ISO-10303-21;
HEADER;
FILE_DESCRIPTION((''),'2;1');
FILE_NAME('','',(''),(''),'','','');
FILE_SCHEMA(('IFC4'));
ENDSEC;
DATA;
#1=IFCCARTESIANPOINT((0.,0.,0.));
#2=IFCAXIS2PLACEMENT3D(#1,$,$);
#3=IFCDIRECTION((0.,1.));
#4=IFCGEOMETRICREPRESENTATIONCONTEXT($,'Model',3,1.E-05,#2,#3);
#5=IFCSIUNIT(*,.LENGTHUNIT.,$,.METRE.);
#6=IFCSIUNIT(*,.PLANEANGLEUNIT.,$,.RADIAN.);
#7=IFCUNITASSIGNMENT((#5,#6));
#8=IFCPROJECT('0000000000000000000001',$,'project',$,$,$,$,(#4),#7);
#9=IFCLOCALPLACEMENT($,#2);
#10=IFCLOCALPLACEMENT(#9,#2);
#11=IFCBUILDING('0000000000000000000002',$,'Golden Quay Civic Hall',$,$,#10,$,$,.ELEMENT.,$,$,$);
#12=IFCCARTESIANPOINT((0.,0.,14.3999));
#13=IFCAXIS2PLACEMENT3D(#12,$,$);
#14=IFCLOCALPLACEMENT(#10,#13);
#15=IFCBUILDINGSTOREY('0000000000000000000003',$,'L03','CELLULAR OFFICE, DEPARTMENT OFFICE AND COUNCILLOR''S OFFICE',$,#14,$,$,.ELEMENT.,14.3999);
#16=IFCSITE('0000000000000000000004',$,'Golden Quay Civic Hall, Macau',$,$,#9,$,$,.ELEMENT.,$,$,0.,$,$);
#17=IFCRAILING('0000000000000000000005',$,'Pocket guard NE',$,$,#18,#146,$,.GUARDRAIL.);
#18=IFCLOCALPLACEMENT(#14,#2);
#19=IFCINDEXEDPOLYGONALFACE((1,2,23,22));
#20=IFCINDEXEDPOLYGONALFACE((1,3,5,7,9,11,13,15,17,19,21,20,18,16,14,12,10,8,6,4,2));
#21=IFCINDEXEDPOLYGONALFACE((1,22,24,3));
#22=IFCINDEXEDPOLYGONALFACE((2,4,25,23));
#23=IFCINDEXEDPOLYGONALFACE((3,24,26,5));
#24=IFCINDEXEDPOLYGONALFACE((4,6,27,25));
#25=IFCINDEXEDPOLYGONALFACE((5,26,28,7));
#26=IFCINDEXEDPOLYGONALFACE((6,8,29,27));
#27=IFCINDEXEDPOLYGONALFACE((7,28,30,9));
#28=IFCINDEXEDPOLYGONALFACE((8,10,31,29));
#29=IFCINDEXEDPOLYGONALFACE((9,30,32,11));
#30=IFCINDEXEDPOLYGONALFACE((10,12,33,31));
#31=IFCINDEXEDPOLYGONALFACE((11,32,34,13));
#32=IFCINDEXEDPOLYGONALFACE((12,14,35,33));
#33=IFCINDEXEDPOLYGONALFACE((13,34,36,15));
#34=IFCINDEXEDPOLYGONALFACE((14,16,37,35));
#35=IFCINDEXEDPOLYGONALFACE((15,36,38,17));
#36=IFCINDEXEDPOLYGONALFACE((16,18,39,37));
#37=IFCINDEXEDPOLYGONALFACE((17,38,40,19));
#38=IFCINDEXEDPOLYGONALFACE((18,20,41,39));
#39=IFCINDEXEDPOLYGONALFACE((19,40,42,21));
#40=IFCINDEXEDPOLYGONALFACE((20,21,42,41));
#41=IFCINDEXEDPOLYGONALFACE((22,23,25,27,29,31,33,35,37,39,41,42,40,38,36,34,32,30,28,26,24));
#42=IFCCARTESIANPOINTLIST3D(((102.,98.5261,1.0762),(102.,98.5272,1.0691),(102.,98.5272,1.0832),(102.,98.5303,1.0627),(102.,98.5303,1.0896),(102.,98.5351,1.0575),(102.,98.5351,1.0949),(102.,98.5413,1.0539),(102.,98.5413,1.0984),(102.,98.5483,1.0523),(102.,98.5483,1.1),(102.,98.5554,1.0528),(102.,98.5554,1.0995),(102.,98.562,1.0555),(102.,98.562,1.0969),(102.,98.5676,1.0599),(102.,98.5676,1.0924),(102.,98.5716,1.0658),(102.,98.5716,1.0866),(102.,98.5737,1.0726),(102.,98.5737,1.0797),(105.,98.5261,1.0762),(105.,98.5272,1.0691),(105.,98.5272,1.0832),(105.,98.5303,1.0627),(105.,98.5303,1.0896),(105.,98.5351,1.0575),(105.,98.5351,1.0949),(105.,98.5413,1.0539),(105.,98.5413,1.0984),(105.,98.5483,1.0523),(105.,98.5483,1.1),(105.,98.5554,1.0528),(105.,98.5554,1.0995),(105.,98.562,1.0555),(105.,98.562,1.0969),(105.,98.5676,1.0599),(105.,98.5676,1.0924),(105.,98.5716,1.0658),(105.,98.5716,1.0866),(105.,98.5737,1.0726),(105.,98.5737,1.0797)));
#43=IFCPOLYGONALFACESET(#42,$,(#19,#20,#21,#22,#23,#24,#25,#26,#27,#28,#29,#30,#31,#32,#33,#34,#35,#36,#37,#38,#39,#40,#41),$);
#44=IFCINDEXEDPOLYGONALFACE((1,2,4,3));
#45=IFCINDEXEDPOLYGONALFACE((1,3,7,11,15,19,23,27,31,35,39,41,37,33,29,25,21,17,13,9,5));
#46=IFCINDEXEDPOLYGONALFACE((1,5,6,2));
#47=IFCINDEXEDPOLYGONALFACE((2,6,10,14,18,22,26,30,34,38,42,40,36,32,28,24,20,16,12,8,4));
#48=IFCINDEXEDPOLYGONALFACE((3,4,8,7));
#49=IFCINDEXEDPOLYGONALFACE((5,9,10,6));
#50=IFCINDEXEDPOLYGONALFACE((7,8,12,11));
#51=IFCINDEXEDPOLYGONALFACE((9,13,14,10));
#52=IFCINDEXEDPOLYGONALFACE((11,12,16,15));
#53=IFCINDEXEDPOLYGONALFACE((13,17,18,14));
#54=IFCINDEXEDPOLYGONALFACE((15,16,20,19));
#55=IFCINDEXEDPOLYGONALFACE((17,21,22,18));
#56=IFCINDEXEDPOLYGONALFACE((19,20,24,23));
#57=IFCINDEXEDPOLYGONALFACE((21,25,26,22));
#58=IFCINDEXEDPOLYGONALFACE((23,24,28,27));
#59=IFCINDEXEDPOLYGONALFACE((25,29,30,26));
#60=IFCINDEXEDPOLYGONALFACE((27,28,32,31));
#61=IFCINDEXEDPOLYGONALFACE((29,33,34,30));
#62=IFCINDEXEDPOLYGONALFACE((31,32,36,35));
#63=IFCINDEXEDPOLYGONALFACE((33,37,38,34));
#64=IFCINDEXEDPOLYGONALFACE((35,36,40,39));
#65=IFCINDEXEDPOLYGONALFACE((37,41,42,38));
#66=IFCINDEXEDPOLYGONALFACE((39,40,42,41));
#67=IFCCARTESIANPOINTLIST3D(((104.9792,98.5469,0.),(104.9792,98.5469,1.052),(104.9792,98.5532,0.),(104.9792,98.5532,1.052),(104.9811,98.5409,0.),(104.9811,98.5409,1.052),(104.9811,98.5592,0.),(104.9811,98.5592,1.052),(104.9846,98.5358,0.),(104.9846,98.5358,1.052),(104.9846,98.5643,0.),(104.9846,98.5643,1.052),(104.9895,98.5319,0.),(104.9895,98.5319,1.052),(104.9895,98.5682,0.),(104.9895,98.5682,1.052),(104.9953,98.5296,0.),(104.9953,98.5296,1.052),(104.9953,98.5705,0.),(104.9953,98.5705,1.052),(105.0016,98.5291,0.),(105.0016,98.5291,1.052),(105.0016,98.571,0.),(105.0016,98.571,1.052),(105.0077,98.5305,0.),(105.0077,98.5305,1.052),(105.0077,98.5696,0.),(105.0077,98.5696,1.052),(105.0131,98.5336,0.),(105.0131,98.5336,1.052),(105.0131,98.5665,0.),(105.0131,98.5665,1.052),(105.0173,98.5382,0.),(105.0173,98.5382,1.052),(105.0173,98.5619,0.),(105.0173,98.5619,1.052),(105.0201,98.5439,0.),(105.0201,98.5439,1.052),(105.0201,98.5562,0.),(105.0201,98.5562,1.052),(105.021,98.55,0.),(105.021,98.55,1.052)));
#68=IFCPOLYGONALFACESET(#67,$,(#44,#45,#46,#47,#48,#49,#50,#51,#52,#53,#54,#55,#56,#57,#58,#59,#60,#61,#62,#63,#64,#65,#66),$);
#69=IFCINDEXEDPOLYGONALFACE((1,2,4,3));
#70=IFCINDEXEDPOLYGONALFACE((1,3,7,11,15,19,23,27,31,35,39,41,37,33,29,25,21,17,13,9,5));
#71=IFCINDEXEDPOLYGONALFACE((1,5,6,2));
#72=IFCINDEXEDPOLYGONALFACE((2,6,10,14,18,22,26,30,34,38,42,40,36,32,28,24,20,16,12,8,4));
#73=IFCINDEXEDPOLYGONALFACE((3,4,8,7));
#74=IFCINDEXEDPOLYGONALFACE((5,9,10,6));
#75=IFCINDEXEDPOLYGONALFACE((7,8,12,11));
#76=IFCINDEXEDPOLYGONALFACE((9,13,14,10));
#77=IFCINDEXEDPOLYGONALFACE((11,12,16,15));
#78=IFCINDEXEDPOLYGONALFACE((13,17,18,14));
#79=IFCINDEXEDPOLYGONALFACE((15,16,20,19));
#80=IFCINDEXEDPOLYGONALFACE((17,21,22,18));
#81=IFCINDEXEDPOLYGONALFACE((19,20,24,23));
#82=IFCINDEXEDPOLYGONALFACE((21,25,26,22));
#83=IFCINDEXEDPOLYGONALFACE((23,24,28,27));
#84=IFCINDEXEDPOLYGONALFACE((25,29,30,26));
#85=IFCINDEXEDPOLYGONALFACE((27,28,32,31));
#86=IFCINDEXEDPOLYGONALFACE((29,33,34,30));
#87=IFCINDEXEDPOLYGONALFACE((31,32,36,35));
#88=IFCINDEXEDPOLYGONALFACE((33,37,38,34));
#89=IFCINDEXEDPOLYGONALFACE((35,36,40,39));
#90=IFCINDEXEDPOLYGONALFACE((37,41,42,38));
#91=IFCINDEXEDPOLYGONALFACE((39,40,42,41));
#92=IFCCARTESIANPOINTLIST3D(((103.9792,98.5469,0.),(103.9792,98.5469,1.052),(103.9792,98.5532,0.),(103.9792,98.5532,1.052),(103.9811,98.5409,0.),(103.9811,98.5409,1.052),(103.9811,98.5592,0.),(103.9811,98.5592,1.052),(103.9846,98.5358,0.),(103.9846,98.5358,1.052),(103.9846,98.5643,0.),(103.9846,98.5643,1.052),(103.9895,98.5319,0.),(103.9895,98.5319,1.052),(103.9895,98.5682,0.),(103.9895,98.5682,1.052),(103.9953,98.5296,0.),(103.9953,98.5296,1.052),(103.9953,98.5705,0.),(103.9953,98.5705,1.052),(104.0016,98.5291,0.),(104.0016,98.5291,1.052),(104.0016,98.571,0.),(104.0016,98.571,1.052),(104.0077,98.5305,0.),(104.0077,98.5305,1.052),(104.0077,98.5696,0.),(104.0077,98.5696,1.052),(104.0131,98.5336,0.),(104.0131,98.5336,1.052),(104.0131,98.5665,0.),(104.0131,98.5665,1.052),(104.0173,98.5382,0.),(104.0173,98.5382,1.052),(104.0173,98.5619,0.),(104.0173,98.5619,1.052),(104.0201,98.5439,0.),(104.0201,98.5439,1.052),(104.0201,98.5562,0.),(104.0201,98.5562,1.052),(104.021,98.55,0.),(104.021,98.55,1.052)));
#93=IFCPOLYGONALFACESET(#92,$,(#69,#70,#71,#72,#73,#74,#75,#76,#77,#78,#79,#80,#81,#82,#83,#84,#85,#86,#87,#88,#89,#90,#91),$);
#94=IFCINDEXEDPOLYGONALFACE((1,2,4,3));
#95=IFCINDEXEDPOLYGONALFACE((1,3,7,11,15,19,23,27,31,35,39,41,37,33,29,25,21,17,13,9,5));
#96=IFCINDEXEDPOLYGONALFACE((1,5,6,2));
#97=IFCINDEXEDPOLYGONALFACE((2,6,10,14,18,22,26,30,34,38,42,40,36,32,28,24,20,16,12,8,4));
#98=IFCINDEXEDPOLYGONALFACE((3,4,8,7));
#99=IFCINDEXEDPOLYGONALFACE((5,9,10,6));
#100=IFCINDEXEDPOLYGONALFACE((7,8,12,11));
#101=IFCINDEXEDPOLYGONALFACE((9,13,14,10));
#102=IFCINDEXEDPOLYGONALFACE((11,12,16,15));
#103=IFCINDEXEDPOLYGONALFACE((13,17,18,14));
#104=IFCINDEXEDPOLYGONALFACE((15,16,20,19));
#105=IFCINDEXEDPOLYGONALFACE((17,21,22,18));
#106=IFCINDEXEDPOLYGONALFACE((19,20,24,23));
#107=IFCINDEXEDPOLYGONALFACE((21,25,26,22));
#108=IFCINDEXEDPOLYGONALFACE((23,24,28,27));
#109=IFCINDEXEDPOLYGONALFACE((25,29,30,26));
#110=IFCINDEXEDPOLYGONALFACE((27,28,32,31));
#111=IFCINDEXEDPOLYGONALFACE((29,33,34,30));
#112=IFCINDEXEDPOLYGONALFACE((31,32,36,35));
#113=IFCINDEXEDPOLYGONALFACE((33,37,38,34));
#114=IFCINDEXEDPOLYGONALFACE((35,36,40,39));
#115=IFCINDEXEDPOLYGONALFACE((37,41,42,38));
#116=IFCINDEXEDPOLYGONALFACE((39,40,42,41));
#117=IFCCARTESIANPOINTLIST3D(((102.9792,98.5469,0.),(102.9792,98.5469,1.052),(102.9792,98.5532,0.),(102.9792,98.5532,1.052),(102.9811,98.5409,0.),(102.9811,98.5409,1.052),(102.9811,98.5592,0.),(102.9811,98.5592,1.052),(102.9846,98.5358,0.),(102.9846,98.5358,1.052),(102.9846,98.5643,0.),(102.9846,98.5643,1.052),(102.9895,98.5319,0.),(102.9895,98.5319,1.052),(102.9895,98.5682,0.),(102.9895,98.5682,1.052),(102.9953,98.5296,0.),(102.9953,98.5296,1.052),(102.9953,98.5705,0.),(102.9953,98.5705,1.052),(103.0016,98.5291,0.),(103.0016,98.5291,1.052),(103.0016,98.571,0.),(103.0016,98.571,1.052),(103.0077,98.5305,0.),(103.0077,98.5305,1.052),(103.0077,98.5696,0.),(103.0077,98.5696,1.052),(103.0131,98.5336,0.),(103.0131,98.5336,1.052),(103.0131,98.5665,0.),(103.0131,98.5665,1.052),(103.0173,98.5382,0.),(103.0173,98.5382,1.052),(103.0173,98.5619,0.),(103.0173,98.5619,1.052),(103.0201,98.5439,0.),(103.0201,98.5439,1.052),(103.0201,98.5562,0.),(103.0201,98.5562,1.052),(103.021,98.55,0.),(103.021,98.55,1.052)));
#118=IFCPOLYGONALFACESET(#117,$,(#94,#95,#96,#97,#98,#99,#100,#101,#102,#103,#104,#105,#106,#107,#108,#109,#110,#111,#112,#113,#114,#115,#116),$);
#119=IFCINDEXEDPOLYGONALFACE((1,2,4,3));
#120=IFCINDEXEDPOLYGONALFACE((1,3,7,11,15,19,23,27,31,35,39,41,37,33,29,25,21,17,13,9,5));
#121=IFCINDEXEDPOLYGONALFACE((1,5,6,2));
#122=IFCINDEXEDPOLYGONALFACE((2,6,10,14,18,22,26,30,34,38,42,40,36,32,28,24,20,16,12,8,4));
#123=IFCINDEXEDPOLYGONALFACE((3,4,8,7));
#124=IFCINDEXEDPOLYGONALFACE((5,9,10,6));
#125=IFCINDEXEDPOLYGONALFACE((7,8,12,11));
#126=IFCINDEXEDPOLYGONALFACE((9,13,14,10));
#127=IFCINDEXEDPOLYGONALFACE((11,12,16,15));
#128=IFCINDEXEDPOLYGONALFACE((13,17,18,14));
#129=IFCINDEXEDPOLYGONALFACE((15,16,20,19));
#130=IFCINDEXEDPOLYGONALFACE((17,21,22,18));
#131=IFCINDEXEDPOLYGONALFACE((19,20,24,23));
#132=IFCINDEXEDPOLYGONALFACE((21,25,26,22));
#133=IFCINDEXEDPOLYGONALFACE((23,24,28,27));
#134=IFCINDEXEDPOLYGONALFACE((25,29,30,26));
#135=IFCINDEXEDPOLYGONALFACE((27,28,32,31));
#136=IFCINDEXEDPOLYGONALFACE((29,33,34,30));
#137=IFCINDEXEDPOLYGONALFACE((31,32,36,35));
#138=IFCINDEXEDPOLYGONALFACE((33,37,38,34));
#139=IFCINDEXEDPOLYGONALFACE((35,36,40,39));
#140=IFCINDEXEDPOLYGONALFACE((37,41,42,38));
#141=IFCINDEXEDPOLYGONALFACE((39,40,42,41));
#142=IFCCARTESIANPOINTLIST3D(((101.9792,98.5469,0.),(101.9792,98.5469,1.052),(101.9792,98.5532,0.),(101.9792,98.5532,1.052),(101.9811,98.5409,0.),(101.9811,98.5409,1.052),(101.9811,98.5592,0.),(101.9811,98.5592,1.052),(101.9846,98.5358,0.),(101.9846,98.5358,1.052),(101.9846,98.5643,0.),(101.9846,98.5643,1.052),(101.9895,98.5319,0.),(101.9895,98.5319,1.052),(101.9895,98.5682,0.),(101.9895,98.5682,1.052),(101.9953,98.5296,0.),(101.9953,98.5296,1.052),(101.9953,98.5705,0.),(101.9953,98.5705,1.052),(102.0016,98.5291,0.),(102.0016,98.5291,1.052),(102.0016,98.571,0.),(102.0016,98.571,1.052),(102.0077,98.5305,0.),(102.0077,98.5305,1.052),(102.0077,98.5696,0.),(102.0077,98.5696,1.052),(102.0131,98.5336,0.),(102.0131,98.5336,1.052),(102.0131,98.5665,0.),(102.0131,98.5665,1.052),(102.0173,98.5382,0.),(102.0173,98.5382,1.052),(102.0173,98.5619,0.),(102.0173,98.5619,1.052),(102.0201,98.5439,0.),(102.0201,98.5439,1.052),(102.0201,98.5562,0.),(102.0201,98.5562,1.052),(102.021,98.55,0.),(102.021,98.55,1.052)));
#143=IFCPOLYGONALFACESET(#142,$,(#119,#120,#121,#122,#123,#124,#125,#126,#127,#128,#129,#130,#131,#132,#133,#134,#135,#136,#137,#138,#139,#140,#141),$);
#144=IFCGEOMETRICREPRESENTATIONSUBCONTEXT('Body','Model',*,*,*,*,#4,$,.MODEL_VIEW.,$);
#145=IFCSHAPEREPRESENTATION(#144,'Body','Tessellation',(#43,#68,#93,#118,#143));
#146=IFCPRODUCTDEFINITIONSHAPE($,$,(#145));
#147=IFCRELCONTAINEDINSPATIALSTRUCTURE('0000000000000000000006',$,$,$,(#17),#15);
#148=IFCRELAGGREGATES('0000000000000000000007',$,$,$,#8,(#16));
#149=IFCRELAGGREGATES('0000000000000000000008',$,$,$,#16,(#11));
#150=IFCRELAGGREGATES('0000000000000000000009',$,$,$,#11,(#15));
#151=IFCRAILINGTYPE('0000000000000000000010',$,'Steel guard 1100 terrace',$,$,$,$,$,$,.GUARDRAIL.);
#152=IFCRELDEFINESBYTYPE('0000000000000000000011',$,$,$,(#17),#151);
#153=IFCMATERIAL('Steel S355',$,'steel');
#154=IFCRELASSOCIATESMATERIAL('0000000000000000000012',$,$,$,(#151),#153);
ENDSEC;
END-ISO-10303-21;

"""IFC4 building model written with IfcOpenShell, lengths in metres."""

from ifc_helpers import new_model, si_unit, direction, frame, origin, origin_2d, place, context, subcontext, project, spatial, circle, extrude, material, type_object, element, save


model = new_model("IFC4")

# Units and contexts
model_context = context("Model", 3, precision=1e-05, world=origin(), true_north=direction((0.0, 1.0)))
body_context = subcontext(model_context, "Body", "Model", "MODEL_VIEW")
ifc_project = project(units=[si_unit("LENGTHUNIT", "METRE"), si_unit("PLANEANGLEUNIT", "RADIAN")], contexts=[model_context])

# Site, building, storey
site_placement = place(None, origin())
site = spatial("IfcSite", under=ifc_project, at=site_placement, Name="Golden Quay Civic Hall, Macau", CompositionType="ELEMENT", RefElevation=0.0)
building_placement = place(site_placement, origin())
building = spatial("IfcBuilding", under=site, at=building_placement, Name="Golden Quay Civic Hall", CompositionType="ELEMENT")
storey_placement = place(building_placement, frame((0.0, 0.0, 14.3999)))
storey = spatial("IfcBuildingStorey", under=building, at=storey_placement, Name="L03", Description="CELLULAR OFFICE, DEPARTMENT OFFICE AND COUNCILLOR'S OFFICE", CompositionType="ELEMENT", Elevation=14.3999)

# Railing
ifc_material_1 = material(Name="Steel S355", Category="steel")
railing_type_1 = type_object("IfcRailingType", Name="Steel guard 1100 terrace", PredefinedType="GUARDRAIL", material=ifc_material_1)
railing_1_placement = place(storey_placement, frame((105.0, 98.55, 0.0)))
element("IfcRailing", 1, at=railing_1_placement, inside=storey, type_object=railing_type_1, Name="Pocket guard NE", PredefinedType="GUARDRAIL", context=body_context, shape_type="SweptSolid", body=[
    extrude(circle(Radius=0.0239, at=origin_2d()), frame((0.0, 0.0, 1.0762), z_axis=(-1.0, 0.0, 0.0), x_axis=(0.0, -1.0, 0.0)), (0.0, 0.0, 1.0), 3.0),
    extrude(circle(Radius=0.021, at=origin_2d()), origin(), (0.0, 0.0, 1.0), 1.052),
    extrude(circle(Radius=0.021, at=origin_2d()), frame((-1.0, 0.0, 0.0)), (0.0, 0.0, 1.0), 1.052),
    extrude(circle(Radius=0.021, at=origin_2d()), frame((-2.0, 0.0, 0.0)), (0.0, 0.0, 1.0), 1.052),
    extrude(circle(Radius=0.021, at=origin_2d()), frame((-3.0, 0.0, 0.0)), (0.0, 0.0, 1.0), 1.052),
])

save(model, "model.ifc")
